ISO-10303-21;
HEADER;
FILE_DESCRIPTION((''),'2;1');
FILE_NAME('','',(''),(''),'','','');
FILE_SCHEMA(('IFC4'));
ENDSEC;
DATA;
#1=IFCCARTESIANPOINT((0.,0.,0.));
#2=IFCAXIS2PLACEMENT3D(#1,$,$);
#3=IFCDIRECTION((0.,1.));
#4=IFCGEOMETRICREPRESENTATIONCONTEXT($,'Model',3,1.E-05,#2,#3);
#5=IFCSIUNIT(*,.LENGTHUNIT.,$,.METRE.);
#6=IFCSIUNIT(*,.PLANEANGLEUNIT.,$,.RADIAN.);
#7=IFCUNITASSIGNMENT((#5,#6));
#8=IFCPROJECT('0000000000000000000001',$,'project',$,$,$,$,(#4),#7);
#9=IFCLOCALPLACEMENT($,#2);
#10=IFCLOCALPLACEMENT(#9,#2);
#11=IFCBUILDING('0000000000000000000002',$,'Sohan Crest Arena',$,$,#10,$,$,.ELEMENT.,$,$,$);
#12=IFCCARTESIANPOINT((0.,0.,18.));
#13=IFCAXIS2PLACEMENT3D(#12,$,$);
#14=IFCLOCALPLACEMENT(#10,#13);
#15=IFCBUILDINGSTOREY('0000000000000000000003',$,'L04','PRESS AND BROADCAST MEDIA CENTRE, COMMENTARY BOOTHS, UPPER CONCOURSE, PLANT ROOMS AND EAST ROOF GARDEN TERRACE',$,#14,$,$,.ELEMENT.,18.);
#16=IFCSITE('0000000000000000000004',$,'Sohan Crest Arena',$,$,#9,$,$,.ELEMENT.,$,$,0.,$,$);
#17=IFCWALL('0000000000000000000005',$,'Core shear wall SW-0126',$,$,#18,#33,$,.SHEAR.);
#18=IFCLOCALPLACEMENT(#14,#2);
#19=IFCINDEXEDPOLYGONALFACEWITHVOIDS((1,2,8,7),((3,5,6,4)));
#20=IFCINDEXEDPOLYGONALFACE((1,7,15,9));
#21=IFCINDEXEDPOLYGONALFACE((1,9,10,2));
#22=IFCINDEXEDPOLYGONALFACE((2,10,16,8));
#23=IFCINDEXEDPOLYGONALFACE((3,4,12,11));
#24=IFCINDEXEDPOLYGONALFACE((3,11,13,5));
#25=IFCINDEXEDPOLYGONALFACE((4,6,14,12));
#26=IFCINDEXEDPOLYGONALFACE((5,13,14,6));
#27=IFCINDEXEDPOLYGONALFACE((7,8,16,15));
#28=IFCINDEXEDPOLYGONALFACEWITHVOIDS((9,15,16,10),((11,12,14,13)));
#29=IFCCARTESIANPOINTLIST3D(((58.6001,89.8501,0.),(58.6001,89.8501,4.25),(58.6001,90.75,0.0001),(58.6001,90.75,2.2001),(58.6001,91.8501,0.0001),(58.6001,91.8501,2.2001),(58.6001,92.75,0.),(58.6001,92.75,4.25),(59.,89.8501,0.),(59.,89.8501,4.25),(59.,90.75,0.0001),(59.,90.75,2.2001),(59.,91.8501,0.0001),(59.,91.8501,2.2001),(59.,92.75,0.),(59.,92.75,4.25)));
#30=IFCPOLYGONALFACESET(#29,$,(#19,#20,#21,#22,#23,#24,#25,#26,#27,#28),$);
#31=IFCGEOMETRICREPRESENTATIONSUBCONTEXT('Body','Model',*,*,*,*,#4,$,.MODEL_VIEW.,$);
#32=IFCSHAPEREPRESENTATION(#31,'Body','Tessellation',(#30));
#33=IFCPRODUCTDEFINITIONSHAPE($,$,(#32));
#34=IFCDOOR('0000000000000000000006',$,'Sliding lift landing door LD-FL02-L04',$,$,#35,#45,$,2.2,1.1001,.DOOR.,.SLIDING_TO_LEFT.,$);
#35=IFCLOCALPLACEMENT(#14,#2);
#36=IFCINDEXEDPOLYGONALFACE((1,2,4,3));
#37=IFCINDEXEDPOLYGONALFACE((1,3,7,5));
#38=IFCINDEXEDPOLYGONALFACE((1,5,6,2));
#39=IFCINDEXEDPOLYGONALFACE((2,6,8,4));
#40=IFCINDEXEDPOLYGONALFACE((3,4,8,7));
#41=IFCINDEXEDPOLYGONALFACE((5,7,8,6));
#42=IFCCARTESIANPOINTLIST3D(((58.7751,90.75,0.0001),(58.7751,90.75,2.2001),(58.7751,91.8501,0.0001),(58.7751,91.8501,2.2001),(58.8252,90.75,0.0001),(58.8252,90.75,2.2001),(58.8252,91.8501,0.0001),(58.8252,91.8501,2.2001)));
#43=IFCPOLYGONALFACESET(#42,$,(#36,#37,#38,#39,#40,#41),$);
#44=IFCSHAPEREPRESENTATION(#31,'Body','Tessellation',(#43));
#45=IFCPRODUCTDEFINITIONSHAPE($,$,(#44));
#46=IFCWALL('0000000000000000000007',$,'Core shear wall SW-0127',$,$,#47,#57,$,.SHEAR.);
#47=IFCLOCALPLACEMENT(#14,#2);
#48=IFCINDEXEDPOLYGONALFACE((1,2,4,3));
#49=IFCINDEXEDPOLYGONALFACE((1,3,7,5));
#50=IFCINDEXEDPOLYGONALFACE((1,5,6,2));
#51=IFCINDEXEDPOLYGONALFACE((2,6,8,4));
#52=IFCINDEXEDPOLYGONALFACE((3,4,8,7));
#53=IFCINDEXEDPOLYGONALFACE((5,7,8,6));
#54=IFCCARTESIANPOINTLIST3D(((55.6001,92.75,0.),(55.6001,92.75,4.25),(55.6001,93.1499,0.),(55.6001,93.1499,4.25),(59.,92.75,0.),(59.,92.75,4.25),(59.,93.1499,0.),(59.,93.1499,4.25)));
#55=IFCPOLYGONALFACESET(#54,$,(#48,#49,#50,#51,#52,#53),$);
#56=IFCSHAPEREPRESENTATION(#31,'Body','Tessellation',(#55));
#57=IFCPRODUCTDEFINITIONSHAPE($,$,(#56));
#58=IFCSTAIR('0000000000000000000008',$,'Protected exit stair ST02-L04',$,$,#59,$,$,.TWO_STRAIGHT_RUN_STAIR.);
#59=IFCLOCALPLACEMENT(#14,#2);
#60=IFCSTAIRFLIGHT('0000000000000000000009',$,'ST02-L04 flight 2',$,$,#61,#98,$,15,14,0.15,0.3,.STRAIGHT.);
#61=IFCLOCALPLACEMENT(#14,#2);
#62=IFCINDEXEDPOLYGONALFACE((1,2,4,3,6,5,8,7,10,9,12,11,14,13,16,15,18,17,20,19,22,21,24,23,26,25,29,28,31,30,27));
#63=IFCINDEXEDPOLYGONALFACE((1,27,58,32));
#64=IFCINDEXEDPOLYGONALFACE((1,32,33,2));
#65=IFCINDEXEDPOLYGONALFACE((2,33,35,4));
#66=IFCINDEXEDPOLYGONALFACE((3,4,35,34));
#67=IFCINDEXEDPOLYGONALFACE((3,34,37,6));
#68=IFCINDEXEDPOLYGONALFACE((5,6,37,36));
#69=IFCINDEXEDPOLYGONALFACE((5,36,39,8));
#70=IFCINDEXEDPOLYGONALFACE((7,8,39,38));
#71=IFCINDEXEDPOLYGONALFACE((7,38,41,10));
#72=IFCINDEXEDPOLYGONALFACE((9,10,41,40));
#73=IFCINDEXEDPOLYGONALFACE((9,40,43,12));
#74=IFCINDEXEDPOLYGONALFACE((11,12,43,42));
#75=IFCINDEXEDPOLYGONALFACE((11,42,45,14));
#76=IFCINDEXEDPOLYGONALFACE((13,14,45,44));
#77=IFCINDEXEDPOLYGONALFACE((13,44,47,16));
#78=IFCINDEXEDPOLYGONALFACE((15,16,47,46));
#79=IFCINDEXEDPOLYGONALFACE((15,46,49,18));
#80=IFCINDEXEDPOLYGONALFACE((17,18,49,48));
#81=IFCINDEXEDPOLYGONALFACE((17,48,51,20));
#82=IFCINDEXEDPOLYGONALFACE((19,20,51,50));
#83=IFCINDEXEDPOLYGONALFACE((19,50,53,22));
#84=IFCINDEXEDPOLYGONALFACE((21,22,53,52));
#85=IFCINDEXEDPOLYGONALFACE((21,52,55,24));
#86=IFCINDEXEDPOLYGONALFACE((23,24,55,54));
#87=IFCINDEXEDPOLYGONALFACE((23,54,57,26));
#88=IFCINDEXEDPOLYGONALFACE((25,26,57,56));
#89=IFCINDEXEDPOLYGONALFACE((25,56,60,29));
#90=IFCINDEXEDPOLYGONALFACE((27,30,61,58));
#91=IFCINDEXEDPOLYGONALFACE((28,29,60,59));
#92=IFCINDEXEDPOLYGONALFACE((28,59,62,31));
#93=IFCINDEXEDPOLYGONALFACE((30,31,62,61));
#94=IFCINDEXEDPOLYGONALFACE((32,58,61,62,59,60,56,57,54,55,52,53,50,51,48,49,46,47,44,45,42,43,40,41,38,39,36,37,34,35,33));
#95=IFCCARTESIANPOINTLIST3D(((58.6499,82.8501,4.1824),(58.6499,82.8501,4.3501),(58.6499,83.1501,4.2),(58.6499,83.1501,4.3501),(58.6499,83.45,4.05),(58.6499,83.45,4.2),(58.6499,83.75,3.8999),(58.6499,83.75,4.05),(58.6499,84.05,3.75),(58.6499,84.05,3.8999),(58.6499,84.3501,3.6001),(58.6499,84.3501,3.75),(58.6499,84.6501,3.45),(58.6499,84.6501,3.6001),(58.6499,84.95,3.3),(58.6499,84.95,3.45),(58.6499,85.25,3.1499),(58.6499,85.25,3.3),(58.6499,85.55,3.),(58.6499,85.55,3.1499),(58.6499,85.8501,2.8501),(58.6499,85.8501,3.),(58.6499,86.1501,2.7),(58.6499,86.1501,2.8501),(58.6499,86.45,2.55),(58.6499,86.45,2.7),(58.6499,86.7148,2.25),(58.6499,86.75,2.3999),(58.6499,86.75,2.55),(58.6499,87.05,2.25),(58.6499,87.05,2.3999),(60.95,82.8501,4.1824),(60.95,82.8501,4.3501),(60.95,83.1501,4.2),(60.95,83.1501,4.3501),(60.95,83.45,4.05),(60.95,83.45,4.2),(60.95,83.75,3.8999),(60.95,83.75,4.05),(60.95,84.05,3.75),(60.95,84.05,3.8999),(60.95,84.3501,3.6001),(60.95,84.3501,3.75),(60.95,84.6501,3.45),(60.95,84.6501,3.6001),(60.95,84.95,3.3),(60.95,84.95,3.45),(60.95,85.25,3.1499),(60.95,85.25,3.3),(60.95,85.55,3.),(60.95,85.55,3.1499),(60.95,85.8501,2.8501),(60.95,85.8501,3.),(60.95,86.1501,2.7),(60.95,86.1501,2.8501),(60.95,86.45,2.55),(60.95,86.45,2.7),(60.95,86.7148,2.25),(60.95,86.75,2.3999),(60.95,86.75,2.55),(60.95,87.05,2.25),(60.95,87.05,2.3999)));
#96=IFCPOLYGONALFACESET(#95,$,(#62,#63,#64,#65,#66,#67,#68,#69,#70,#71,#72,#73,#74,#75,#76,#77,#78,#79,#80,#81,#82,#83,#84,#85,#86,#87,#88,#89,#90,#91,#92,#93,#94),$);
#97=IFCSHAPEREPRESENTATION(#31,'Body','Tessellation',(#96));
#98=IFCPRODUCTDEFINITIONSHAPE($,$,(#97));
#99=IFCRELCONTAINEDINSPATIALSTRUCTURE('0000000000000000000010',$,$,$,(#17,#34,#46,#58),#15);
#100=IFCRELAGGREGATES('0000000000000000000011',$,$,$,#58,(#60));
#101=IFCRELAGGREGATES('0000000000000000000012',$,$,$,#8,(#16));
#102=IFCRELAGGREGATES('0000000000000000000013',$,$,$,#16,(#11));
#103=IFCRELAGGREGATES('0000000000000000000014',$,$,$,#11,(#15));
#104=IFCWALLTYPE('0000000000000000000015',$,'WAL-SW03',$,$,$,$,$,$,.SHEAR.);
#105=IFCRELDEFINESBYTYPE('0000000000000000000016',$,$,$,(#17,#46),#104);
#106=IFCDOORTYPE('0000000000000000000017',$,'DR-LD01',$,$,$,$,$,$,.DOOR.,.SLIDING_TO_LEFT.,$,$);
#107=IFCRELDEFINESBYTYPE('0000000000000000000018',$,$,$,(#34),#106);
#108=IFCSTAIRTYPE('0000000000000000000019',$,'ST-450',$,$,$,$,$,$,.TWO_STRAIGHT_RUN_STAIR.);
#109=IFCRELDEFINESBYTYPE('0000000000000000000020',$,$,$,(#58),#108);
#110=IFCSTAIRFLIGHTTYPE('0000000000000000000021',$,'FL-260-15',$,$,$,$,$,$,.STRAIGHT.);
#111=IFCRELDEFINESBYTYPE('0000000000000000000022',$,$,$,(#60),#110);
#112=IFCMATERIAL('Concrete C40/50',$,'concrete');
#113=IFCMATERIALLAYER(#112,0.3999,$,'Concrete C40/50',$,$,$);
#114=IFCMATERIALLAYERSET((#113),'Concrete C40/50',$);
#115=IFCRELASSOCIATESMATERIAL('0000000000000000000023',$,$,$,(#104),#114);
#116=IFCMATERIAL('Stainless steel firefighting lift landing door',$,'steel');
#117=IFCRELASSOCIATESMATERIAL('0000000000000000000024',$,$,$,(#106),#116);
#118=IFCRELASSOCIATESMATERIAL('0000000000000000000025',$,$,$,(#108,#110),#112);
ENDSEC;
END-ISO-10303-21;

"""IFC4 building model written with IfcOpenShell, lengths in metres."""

from ifc_helpers import new_model, si_unit, direction, frame, frame_2d, origin, place, context, subcontext, project, spatial, polyline, rectangle, outline, extrude, material, layer, layer_set, type_object, element, fill, aggregate, save


model = new_model("IFC4")

# Units and contexts
model_context = context("Model", 3, precision=1e-05, world=origin(), true_north=direction((0.0, 1.0)))
body_context = subcontext(model_context, "Body", "Model", "MODEL_VIEW")
ifc_project = project(units=[si_unit("LENGTHUNIT", "METRE"), si_unit("PLANEANGLEUNIT", "RADIAN")], contexts=[model_context])

# Site, building, storey
site_placement = place(None, origin())
site = spatial("IfcSite", under=ifc_project, at=site_placement, Name="Sohan Crest Arena", CompositionType="ELEMENT", RefElevation=0.0)
building_placement = place(site_placement, origin())
building = spatial("IfcBuilding", under=site, at=building_placement, Name="Sohan Crest Arena", CompositionType="ELEMENT")
storey_placement = place(building_placement, frame((0.0, 0.0, 18.0)))
storey = spatial("IfcBuildingStorey", under=building, at=storey_placement, Name="L04", Description="PRESS AND BROADCAST MEDIA CENTRE, COMMENTARY BOOTHS, UPPER CONCOURSE, PLANT ROOMS AND EAST ROOF GARDEN TERRACE", CompositionType="ELEMENT", Elevation=18.0)

# Shared definitions
ifc_material_1 = material(Name="Concrete C40/50", Category="concrete")

# Shared definitions
ifc_layer_1 = layer(ifc_material_1, 0.3999, Name="Concrete C40/50")
ifc_layer_set_1 = layer_set([ifc_layer_1], Name="Concrete C40/50")
wall_type_1 = type_object("IfcWallType", Name="WAL-SW03", PredefinedType="SHEAR", material=ifc_layer_set_1)

# Wall, opening, door
wall_1_placement = place(storey_placement, frame((58.8, 89.8501, 0.0), z_axis=(0.0, 0.0, 1.0), x_axis=(0.0, 1.0, 0.0)))
wall_1 = element("IfcWall", 1, at=wall_1_placement, inside=storey, type_object=wall_type_1, Name="Core shear wall SW-0126", PredefinedType="SHEAR", context=body_context, shape_type="SweptSolid", body=[
    extrude(rectangle(XDim=2.8999, YDim=0.3999, at=frame_2d((1.45, 0.0))), origin(), (0.0, 0.0, 1.0), 4.25),
])
opening_1_placement = place(wall_1_placement, frame((0.8999, 0.0, 0.0)))
opening_1 = element("IfcOpeningElement", 2, at=opening_1_placement, cuts=wall_1, PredefinedType="OPENING", context=body_context, shape_type="SweptSolid", body=[
    extrude(rectangle(XDim=1.1001, YDim=2.2, at=frame_2d((0.55, 1.1001))), frame((0.0, 0.21, 0.0), z_axis=(0.0, -1.0, 0.0), x_axis=(1.0, 0.0, 0.0)), (0.0, 0.0, 1.0), 0.4199),
])
ifc_material_2 = material(Name="Stainless steel firefighting lift landing door", Category="steel")
door_type_1 = type_object("IfcDoorType", Name="DR-LD01", OperationType="SLIDING_TO_LEFT", PredefinedType="DOOR", material=ifc_material_2)
door_1_placement = place(opening_1_placement, origin())
door_1 = element("IfcDoor", 3, at=door_1_placement, inside=storey, type_object=door_type_1, Name="Sliding lift landing door LD-FL02-L04", OperationType="SLIDING_TO_LEFT", OverallHeight=2.2, OverallWidth=1.1001, PredefinedType="DOOR", context=body_context, shape_type="SweptSolid", body=[
    extrude(rectangle(XDim=1.1001, YDim=2.2, at=frame_2d((0.55, 1.1001))), frame((0.0, 0.0249, 0.0), z_axis=(0.0, -1.0, 0.0), x_axis=(1.0, 0.0, 0.0)), (0.0, 0.0, 1.0), 0.05),
])
fill(opening_1, door_1)

# Wall
wall_2_placement = place(storey_placement, frame((55.6001, 92.95, 0.0), z_axis=(0.0, 0.0, 1.0), x_axis=(1.0, 0.0, 0.0)))
element("IfcWall", 4, at=wall_2_placement, inside=storey, type_object=wall_type_1, Name="Core shear wall SW-0127", PredefinedType="SHEAR", context=body_context, shape_type="SweptSolid", body=[
    extrude(rectangle(XDim=3.3999, YDim=0.3999, at=frame_2d((1.7, 0.0))), origin(), (0.0, 0.0, 1.0), 4.25),
])

# Stair, stair flight
stair_type = type_object("IfcStairType", Name="ST-450", PredefinedType="TWO_STRAIGHT_RUN_STAIR", material=ifc_material_1)
stair_placement = place(storey_placement, origin())
stair = element("IfcStair", 5, at=stair_placement, inside=storey, type_object=stair_type, Name="Protected exit stair ST02-L04", PredefinedType="TWO_STRAIGHT_RUN_STAIR")
stair_flight_type = type_object("IfcStairFlightType", Name="FL-260-15", PredefinedType="STRAIGHT", material=ifc_material_1)
stair_flight_placement = place(storey_placement, frame((59.8, 87.05, 2.25), z_axis=(0.0, 0.0, 1.0), x_axis=(0.0, -1.0, 0.0)))
stair_flight = element("IfcStairFlight", 6, at=stair_flight_placement, type_object=stair_flight_type, Name="ST02-L04 flight 2", NumberOfRisers=15, NumberOfTreads=14, PredefinedType="STRAIGHT", RiserHeight=0.15, TreadLength=0.3, context=body_context, shape_type="SweptSolid", body=[
    extrude(outline(polyline([(0.0, 0.0), (0.0, 0.1499), (0.3, 0.1499), (0.3, 0.3), (0.6001, 0.3), (0.6001, 0.45), (0.8999, 0.45), (0.8999, 0.6001), (1.2, 0.6001), (1.2, 0.75), (1.5, 0.75), (1.5, 0.8999), (1.8, 0.8999), (1.8, 1.05), (2.1001, 1.05), (2.1001, 1.2), (2.3999, 1.2), (2.3999, 1.3501), (2.7, 1.3501), (2.7, 1.5), (3.0, 1.5), (3.0, 1.6499), (3.3, 1.6499), (3.3, 1.8), (3.6001, 1.8), (3.6001, 1.95), (3.8999, 1.95), (3.8999, 2.1001), (4.2, 2.1001), (4.2, 2.25), (4.2, 1.9324), (0.3352, 0.0), (0.0, 0.0)])), frame((0.0, 1.1499, 0.0), z_axis=(0.0, -1.0, 0.0), x_axis=(1.0, 0.0, 0.0)), (0.0, 0.0, 1.0), 2.3),
])
aggregate(stair, [stair_flight])

save(model, "model.ifc")
